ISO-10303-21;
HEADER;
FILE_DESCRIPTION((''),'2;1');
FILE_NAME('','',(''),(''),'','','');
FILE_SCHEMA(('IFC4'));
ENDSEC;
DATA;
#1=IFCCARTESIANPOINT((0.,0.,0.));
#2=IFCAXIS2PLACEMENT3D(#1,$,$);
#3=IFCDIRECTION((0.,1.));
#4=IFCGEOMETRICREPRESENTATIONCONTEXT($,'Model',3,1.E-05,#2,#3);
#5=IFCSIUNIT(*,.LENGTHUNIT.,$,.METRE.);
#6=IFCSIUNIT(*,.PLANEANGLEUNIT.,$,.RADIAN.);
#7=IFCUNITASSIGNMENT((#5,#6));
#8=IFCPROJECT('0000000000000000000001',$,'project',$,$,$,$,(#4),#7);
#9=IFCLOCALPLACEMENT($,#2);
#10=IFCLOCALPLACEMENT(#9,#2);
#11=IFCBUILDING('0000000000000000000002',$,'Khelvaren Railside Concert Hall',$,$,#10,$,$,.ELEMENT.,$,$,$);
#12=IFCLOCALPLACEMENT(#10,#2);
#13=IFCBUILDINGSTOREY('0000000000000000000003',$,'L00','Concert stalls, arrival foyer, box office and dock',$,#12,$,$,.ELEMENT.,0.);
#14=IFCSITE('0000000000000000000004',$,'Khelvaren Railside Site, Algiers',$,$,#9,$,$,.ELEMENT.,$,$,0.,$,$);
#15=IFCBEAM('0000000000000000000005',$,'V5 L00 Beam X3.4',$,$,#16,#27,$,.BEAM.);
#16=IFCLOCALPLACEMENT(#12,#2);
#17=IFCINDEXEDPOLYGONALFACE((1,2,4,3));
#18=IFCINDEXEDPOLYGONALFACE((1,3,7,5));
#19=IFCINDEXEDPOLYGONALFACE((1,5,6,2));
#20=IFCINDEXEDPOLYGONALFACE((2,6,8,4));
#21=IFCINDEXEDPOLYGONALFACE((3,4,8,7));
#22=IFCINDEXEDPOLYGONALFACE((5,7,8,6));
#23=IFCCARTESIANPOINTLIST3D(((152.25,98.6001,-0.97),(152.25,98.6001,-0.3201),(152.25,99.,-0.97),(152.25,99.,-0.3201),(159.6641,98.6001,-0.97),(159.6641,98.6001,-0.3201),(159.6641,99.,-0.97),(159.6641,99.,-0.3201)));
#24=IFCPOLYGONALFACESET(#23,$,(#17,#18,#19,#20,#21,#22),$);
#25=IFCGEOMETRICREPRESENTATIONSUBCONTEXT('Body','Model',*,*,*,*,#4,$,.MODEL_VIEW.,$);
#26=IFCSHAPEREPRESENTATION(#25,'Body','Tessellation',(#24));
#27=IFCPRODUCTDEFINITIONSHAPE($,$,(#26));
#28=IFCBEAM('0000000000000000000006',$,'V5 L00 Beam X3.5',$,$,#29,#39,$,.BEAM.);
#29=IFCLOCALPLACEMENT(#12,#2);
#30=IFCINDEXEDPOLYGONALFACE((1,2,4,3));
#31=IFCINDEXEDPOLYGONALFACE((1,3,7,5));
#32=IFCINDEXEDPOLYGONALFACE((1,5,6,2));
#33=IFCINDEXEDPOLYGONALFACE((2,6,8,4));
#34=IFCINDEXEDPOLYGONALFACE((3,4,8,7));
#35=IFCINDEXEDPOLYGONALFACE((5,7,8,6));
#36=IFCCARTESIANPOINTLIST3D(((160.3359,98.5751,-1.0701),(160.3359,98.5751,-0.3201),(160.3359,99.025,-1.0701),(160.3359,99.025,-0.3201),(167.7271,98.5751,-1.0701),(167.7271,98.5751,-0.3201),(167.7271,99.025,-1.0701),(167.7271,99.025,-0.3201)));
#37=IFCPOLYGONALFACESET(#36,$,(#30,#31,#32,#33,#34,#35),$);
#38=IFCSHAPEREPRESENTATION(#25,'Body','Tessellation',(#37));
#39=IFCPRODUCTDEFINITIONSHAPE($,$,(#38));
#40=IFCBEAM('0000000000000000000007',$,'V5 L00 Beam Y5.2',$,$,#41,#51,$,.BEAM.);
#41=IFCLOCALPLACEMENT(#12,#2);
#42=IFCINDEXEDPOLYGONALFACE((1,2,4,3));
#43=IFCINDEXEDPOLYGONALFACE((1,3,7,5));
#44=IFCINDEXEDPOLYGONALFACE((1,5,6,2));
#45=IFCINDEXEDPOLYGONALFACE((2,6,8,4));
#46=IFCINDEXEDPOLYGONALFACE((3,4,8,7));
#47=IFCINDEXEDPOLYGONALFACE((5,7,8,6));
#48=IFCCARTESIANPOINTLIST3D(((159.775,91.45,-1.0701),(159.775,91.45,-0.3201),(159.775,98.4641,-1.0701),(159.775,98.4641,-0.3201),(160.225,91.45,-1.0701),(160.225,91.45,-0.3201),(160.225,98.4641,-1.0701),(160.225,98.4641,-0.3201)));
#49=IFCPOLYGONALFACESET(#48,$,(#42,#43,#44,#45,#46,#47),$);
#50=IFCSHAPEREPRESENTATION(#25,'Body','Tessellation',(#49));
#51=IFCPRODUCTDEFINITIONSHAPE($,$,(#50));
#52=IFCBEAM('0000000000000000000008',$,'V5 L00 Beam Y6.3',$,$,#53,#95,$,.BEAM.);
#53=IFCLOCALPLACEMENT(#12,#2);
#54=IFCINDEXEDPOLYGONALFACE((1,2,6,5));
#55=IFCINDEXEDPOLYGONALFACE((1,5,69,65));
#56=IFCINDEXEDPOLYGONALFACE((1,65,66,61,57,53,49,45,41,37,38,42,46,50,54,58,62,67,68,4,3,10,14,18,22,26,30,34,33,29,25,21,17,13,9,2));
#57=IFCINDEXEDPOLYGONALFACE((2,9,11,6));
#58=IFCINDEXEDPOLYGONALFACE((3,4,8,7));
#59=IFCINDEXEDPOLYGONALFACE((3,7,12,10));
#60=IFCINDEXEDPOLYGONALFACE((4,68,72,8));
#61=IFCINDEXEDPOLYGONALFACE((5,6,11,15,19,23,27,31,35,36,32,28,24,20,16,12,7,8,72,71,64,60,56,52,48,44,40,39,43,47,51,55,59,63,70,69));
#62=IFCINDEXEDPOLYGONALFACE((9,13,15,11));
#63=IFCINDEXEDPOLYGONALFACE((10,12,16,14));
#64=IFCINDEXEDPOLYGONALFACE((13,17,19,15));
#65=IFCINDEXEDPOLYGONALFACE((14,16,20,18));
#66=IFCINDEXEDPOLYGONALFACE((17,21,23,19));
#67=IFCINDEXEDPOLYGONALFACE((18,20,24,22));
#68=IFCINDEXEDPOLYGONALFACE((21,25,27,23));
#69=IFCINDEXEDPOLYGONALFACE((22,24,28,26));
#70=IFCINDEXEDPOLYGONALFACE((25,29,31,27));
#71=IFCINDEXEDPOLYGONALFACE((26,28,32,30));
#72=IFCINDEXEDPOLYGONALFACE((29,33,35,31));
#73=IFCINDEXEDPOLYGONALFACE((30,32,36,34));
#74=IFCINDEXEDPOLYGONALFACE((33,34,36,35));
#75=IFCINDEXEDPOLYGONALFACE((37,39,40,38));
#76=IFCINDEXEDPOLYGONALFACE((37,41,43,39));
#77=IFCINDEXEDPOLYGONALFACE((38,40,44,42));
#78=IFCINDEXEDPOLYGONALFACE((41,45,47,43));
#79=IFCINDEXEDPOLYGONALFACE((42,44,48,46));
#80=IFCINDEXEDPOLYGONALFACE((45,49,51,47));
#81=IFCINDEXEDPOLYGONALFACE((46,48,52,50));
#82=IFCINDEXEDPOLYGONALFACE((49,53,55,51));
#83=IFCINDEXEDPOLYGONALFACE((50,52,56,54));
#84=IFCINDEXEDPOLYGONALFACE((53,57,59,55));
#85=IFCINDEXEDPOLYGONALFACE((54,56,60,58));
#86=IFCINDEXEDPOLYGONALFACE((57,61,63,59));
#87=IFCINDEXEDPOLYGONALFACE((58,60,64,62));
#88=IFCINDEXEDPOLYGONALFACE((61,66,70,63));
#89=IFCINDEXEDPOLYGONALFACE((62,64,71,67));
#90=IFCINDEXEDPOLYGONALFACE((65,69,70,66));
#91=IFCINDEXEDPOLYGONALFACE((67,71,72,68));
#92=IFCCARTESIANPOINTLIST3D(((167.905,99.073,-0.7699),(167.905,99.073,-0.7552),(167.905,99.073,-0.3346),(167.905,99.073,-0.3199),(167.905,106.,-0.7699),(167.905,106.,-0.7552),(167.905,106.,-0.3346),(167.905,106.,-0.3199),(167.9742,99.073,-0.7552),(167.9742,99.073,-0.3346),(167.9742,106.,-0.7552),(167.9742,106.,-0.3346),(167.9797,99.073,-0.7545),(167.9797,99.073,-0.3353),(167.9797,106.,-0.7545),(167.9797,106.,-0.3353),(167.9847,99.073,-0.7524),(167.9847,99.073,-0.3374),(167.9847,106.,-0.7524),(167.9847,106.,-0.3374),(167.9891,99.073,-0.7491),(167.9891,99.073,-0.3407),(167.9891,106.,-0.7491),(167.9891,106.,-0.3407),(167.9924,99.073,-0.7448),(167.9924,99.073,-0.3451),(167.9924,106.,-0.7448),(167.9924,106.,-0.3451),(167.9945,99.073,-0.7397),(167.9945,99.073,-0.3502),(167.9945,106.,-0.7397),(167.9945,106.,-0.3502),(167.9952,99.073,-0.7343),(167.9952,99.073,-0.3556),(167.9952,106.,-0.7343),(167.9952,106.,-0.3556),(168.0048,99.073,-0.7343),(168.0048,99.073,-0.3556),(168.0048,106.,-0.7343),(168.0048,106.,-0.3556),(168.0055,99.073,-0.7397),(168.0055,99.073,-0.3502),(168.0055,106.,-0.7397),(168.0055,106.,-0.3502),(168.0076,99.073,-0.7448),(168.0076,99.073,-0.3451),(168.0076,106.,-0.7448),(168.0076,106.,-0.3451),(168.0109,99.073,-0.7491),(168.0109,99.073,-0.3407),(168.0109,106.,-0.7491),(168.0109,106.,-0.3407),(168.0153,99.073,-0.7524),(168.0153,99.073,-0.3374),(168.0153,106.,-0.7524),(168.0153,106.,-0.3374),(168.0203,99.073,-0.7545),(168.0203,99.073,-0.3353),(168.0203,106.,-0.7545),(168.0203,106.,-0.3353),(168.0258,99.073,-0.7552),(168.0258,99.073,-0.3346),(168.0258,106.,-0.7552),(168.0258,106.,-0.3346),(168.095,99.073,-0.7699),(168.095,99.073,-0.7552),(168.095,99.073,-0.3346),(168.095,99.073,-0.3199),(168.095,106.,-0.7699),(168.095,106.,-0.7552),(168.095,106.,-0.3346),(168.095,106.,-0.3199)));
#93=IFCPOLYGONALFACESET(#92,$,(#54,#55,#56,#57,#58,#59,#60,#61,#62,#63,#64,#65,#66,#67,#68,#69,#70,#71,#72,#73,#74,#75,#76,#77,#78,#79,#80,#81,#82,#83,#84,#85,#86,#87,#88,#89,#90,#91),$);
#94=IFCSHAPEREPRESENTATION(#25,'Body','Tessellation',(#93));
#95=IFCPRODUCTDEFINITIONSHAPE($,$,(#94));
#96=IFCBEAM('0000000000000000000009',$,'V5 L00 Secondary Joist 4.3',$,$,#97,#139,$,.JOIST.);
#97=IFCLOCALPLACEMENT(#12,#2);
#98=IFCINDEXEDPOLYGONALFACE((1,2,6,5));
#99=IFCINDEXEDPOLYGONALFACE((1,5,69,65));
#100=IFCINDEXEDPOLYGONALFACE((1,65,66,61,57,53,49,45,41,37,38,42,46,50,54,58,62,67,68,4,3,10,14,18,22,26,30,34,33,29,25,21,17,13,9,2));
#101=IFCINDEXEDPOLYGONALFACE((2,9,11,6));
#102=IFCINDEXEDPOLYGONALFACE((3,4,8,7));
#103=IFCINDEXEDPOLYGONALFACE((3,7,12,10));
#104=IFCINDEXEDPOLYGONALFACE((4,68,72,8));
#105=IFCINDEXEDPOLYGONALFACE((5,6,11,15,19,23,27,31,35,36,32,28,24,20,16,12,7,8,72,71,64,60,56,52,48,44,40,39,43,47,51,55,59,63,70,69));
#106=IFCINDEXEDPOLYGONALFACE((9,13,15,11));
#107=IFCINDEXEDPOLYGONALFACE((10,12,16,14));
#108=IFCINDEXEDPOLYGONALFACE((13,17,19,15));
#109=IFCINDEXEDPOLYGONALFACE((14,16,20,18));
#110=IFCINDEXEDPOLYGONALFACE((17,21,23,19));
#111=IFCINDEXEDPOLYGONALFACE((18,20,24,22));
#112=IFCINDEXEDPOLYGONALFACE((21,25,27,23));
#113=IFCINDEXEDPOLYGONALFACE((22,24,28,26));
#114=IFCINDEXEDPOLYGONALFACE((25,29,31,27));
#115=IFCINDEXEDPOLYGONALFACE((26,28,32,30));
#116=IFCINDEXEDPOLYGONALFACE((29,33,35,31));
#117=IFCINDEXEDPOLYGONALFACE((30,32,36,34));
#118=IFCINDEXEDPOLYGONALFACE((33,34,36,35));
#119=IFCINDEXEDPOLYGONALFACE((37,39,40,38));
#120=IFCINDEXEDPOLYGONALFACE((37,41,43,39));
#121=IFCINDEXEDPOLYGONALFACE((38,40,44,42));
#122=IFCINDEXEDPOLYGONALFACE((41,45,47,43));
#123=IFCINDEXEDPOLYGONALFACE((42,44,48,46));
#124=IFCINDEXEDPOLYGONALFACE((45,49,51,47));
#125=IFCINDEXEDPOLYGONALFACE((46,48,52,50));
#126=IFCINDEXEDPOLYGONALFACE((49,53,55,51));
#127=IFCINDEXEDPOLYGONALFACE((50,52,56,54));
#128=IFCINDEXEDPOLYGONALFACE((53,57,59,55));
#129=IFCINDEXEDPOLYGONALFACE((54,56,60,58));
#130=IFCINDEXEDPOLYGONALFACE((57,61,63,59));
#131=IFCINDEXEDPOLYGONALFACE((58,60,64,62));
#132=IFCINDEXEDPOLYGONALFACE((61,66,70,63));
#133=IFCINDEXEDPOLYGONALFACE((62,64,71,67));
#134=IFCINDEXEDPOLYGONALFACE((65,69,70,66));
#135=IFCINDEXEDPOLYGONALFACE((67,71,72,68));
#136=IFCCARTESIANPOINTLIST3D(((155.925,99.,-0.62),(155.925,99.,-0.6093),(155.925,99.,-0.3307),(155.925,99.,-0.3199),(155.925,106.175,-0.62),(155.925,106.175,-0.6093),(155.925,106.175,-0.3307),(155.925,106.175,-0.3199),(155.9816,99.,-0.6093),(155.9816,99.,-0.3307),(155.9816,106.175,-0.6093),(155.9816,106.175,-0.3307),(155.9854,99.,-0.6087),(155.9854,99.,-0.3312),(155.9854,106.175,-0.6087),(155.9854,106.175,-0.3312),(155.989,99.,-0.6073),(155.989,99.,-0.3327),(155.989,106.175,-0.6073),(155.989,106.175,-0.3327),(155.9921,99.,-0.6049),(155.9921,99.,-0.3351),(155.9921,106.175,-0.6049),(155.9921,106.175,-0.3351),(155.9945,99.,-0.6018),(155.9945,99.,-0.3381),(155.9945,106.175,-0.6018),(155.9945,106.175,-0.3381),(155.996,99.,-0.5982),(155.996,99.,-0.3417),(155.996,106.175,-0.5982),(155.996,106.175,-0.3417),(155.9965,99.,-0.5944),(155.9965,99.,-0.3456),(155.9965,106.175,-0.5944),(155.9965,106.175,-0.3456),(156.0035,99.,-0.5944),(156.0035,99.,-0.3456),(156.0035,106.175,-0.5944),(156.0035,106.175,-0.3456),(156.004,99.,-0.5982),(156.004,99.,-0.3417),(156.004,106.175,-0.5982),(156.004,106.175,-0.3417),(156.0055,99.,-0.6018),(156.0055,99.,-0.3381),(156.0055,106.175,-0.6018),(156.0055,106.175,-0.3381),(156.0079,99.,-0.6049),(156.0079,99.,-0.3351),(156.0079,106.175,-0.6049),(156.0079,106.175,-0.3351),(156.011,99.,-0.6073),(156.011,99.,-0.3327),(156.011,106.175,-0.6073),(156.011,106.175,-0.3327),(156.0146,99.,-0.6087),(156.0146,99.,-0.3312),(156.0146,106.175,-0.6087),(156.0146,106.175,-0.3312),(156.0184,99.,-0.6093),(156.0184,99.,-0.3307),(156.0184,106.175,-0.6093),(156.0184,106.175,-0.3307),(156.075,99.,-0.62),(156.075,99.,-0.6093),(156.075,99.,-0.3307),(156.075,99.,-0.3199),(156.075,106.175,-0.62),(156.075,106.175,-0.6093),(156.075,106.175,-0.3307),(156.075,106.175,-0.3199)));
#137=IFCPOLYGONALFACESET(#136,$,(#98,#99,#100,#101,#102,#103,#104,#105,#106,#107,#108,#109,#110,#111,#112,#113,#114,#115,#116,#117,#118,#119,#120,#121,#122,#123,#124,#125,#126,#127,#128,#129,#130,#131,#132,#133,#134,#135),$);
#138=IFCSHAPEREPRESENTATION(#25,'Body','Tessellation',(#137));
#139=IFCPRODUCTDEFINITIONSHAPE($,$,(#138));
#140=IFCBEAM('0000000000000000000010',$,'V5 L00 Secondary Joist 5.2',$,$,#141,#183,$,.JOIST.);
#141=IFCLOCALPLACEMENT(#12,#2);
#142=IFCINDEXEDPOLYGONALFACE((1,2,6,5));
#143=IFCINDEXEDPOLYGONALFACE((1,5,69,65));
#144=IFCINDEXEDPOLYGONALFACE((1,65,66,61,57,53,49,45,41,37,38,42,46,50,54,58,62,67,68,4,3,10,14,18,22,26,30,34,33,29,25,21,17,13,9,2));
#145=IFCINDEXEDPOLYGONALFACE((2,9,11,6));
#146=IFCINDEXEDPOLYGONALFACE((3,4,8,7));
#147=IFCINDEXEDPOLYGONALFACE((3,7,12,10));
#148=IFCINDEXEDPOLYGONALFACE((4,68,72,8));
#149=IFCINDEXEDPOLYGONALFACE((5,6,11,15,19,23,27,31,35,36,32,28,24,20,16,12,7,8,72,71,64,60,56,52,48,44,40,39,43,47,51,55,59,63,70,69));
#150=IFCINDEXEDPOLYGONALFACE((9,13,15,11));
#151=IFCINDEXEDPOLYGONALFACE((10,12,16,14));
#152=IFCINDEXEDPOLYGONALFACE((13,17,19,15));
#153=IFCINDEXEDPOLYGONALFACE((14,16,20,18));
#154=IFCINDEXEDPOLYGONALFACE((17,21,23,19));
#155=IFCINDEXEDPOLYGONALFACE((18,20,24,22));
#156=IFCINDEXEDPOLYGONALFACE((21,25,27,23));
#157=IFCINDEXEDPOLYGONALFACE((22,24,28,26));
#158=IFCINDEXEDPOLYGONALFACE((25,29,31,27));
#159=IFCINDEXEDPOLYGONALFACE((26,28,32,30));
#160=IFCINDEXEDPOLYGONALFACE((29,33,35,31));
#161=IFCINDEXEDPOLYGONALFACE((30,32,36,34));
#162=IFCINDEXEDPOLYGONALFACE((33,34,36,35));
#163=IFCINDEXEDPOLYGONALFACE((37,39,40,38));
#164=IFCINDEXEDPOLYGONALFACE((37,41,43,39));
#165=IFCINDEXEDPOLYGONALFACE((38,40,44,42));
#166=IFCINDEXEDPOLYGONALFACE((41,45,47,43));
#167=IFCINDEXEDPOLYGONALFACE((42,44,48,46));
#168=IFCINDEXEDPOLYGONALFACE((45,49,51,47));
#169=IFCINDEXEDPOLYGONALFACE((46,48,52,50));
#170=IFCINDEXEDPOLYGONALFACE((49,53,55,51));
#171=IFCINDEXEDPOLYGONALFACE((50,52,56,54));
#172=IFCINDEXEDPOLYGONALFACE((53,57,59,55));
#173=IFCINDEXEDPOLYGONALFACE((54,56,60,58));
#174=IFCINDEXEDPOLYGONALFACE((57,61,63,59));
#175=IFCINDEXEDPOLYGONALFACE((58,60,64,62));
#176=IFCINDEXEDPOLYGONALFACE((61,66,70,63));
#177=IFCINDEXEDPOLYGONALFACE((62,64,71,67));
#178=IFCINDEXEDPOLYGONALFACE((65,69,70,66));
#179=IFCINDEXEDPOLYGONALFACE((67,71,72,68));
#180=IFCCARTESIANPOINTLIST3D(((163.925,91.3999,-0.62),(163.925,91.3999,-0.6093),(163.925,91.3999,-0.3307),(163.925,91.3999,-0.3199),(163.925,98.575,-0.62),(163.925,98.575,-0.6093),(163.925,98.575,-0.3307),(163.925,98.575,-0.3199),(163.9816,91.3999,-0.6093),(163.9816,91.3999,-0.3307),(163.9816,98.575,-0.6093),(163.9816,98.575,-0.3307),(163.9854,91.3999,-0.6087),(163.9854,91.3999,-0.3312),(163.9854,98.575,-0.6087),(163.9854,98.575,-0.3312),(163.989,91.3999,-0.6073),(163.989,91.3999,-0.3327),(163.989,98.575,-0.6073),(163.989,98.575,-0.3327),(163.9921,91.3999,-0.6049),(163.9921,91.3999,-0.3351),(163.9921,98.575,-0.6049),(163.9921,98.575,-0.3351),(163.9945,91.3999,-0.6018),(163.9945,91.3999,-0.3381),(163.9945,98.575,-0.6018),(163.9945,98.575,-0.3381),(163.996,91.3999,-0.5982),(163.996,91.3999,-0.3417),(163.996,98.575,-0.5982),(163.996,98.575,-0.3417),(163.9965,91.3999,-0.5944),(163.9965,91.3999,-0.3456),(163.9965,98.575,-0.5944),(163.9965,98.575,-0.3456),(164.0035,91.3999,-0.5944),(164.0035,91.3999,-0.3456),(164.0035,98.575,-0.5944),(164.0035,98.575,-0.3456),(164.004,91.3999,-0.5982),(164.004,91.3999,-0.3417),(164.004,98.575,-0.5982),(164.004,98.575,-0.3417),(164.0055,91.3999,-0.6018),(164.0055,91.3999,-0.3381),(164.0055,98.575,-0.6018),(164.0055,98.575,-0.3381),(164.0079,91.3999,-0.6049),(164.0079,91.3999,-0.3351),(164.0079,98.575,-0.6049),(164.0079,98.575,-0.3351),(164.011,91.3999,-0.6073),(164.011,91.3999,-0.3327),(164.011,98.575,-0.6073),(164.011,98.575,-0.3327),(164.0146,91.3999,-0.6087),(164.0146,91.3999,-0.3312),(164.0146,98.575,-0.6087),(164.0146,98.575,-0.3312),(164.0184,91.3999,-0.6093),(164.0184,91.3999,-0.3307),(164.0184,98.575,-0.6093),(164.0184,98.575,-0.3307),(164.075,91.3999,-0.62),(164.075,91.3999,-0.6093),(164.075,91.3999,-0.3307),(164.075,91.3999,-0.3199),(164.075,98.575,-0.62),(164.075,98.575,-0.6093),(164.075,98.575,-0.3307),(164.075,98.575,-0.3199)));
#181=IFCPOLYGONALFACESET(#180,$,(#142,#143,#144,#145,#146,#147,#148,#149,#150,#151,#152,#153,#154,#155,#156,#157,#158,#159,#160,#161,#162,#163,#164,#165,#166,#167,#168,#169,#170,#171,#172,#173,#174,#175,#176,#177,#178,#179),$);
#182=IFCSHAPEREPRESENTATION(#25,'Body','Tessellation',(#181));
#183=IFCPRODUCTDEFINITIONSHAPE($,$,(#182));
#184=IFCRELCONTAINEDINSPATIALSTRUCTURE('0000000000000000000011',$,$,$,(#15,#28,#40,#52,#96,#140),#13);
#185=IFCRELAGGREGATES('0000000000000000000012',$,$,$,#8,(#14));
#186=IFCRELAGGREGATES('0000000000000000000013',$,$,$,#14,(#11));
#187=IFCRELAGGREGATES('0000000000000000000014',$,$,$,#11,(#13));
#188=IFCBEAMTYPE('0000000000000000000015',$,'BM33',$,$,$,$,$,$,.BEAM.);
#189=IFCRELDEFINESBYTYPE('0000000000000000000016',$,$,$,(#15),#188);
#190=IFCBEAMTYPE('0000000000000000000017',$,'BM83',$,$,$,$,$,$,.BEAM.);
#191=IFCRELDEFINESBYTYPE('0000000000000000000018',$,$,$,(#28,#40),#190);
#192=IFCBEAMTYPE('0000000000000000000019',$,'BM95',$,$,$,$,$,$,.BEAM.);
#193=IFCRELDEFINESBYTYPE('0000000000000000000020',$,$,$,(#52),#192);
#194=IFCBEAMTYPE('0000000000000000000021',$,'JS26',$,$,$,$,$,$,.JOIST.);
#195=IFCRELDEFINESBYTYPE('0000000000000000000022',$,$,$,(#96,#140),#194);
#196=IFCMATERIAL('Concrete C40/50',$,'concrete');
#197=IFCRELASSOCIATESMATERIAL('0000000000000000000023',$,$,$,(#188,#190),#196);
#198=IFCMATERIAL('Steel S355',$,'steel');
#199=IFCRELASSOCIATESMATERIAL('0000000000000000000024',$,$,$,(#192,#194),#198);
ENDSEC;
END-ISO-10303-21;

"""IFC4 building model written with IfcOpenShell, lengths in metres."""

from ifc_helpers import new_model, si_unit, direction, frame, origin, origin_2d, place, context, subcontext, project, spatial, rectangle, i_section, extrude, material, material_profile, profile_set, type_object, element, save


model = new_model("IFC4")

# Units and contexts
model_context = context("Model", 3, precision=1e-05, world=origin(), true_north=direction((0.0, 1.0)))
body_context = subcontext(model_context, "Body", "Model", "MODEL_VIEW")
ifc_project = project(units=[si_unit("LENGTHUNIT", "METRE"), si_unit("PLANEANGLEUNIT", "RADIAN")], contexts=[model_context])

# Site, building, storey
site_placement = place(None, origin())
site = spatial("IfcSite", under=ifc_project, at=site_placement, Name="Khelvaren Railside Site, Algiers", CompositionType="ELEMENT", RefElevation=0.0)
building_placement = place(site_placement, origin())
building = spatial("IfcBuilding", under=site, at=building_placement, Name="Khelvaren Railside Concert Hall", CompositionType="ELEMENT")
storey_placement = place(building_placement, origin())
storey = spatial("IfcBuildingStorey", under=building, at=storey_placement, Name="L00", Description="Concert stalls, arrival foyer, box office and dock", CompositionType="ELEMENT", Elevation=0.0)

# Beams
ifc_material_1 = material(Name="Steel S355", Category="steel")
ifc_material_2 = material(Name="Concrete C40/50", Category="concrete")
ifc_material_profile_1 = material_profile(ifc_material_2, rectangle(XDim=0.3999, YDim=0.6499, at=origin_2d()), Name="RCB 400x650")
ifc_profile_set_1 = profile_set([ifc_material_profile_1], Name="Concrete C40/50")
beam_type_1 = type_object("IfcBeamType", Name="BM33", PredefinedType="BEAM", material=ifc_profile_set_1)
beam_1_placement = place(storey_placement, frame((152.25, 98.8, -0.645), z_axis=(1.0, 0.0, 0.0), x_axis=(0.0, 1.0, 0.0)))
element("IfcBeam", 1, at=beam_1_placement, inside=storey, type_object=beam_type_1, Name="V5 L00 Beam X3.4", PredefinedType="BEAM", context=body_context, shape_type="SweptSolid", body=[
    extrude(rectangle(XDim=0.3999, YDim=0.6499, at=origin_2d()), origin(), (0.0, 0.0, 1.0), 7.4141),
])
ifc_material_profile_2 = material_profile(ifc_material_2, rectangle(XDim=0.45, YDim=0.75, at=origin_2d()), Name="RCB 450x750")
ifc_profile_set_2 = profile_set([ifc_material_profile_2], Name="Concrete C40/50")
beam_type_2 = type_object("IfcBeamType", Name="BM83", PredefinedType="BEAM", material=ifc_profile_set_2)
beam_2_placement = place(storey_placement, frame((160.3359, 98.8, -0.6951), z_axis=(1.0, 0.0, 0.0), x_axis=(0.0, 1.0, 0.0)))
element("IfcBeam", 2, at=beam_2_placement, inside=storey, type_object=beam_type_2, Name="V5 L00 Beam X3.5", PredefinedType="BEAM", context=body_context, shape_type="SweptSolid", body=[
    extrude(rectangle(XDim=0.45, YDim=0.75, at=origin_2d()), origin(), (0.0, 0.0, 1.0), 7.3911),
])
beam_3_placement = place(storey_placement, frame((160.0, 91.45, -0.6951), z_axis=(0.0, 1.0, 0.0), x_axis=(-1.0, 0.0, 0.0)))
element("IfcBeam", 3, at=beam_3_placement, inside=storey, type_object=beam_type_2, Name="V5 L00 Beam Y5.2", PredefinedType="BEAM", context=body_context, shape_type="SweptSolid", body=[
    extrude(rectangle(XDim=0.45, YDim=0.75, at=origin_2d()), origin(), (0.0, 0.0, 1.0), 7.0142),
])
ifc_material_profile_3 = material_profile(ifc_material_1, i_section(OverallWidth=0.1899, OverallDepth=0.45, WebThickness=0.0095, FlangeThickness=0.0146, FilletRadius=0.021, at=origin_2d()), Name="IPE 450")
ifc_profile_set_3 = profile_set([ifc_material_profile_3], Name="Steel S355")
beam_type_3 = type_object("IfcBeamType", Name="BM95", PredefinedType="BEAM", material=ifc_profile_set_3)
beam_4_placement = place(storey_placement, frame((168.0, 99.073, -0.5449), z_axis=(0.0, 1.0, 0.0), x_axis=(-1.0, 0.0, 0.0)))
element("IfcBeam", 4, at=beam_4_placement, inside=storey, type_object=beam_type_3, Name="V5 L00 Beam Y6.3", PredefinedType="BEAM", context=body_context, shape_type="SweptSolid", body=[
    extrude(i_section(OverallWidth=0.1899, OverallDepth=0.45, WebThickness=0.0095, FlangeThickness=0.0146, FilletRadius=0.021, at=origin_2d()), origin(), (0.0, 0.0, 1.0), 6.927),
])
ifc_material_profile_4 = material_profile(ifc_material_1, i_section(OverallWidth=0.1499, OverallDepth=0.3, WebThickness=0.0071, FlangeThickness=0.0107, FilletRadius=0.0149, at=origin_2d()), Name="IPE 300")
ifc_profile_set_4 = profile_set([ifc_material_profile_4], Name="Steel S355")
beam_type_4 = type_object("IfcBeamType", Name="JS26", PredefinedType="JOIST", material=ifc_profile_set_4)
for number, where, z_axis, x_axis, name in (
    (5, (156.0, 99.0, -0.47), (0.0, 1.0, 0.0), (-1.0, 0.0, 0.0), "V5 L00 Secondary Joist 4.3"),
    (6, (164.0, 91.3999, -0.47), (0.0, 1.0, 0.0), (-1.0, 0.0, 0.0), "V5 L00 Secondary Joist 5.2"),
):
    element("IfcBeam", number, at=place(storey_placement, frame(where, z_axis=z_axis, x_axis=x_axis)), inside=storey, type_object=beam_type_4, Name=name, PredefinedType="JOIST", context=body_context, shape_type="SweptSolid", body=[
        extrude(i_section(OverallWidth=0.1499, OverallDepth=0.3, WebThickness=0.0071, FlangeThickness=0.0107, FilletRadius=0.0149, at=origin_2d()), origin(), (0.0, 0.0, 1.0), 7.175),
    ])

save(model, "model.ifc")
